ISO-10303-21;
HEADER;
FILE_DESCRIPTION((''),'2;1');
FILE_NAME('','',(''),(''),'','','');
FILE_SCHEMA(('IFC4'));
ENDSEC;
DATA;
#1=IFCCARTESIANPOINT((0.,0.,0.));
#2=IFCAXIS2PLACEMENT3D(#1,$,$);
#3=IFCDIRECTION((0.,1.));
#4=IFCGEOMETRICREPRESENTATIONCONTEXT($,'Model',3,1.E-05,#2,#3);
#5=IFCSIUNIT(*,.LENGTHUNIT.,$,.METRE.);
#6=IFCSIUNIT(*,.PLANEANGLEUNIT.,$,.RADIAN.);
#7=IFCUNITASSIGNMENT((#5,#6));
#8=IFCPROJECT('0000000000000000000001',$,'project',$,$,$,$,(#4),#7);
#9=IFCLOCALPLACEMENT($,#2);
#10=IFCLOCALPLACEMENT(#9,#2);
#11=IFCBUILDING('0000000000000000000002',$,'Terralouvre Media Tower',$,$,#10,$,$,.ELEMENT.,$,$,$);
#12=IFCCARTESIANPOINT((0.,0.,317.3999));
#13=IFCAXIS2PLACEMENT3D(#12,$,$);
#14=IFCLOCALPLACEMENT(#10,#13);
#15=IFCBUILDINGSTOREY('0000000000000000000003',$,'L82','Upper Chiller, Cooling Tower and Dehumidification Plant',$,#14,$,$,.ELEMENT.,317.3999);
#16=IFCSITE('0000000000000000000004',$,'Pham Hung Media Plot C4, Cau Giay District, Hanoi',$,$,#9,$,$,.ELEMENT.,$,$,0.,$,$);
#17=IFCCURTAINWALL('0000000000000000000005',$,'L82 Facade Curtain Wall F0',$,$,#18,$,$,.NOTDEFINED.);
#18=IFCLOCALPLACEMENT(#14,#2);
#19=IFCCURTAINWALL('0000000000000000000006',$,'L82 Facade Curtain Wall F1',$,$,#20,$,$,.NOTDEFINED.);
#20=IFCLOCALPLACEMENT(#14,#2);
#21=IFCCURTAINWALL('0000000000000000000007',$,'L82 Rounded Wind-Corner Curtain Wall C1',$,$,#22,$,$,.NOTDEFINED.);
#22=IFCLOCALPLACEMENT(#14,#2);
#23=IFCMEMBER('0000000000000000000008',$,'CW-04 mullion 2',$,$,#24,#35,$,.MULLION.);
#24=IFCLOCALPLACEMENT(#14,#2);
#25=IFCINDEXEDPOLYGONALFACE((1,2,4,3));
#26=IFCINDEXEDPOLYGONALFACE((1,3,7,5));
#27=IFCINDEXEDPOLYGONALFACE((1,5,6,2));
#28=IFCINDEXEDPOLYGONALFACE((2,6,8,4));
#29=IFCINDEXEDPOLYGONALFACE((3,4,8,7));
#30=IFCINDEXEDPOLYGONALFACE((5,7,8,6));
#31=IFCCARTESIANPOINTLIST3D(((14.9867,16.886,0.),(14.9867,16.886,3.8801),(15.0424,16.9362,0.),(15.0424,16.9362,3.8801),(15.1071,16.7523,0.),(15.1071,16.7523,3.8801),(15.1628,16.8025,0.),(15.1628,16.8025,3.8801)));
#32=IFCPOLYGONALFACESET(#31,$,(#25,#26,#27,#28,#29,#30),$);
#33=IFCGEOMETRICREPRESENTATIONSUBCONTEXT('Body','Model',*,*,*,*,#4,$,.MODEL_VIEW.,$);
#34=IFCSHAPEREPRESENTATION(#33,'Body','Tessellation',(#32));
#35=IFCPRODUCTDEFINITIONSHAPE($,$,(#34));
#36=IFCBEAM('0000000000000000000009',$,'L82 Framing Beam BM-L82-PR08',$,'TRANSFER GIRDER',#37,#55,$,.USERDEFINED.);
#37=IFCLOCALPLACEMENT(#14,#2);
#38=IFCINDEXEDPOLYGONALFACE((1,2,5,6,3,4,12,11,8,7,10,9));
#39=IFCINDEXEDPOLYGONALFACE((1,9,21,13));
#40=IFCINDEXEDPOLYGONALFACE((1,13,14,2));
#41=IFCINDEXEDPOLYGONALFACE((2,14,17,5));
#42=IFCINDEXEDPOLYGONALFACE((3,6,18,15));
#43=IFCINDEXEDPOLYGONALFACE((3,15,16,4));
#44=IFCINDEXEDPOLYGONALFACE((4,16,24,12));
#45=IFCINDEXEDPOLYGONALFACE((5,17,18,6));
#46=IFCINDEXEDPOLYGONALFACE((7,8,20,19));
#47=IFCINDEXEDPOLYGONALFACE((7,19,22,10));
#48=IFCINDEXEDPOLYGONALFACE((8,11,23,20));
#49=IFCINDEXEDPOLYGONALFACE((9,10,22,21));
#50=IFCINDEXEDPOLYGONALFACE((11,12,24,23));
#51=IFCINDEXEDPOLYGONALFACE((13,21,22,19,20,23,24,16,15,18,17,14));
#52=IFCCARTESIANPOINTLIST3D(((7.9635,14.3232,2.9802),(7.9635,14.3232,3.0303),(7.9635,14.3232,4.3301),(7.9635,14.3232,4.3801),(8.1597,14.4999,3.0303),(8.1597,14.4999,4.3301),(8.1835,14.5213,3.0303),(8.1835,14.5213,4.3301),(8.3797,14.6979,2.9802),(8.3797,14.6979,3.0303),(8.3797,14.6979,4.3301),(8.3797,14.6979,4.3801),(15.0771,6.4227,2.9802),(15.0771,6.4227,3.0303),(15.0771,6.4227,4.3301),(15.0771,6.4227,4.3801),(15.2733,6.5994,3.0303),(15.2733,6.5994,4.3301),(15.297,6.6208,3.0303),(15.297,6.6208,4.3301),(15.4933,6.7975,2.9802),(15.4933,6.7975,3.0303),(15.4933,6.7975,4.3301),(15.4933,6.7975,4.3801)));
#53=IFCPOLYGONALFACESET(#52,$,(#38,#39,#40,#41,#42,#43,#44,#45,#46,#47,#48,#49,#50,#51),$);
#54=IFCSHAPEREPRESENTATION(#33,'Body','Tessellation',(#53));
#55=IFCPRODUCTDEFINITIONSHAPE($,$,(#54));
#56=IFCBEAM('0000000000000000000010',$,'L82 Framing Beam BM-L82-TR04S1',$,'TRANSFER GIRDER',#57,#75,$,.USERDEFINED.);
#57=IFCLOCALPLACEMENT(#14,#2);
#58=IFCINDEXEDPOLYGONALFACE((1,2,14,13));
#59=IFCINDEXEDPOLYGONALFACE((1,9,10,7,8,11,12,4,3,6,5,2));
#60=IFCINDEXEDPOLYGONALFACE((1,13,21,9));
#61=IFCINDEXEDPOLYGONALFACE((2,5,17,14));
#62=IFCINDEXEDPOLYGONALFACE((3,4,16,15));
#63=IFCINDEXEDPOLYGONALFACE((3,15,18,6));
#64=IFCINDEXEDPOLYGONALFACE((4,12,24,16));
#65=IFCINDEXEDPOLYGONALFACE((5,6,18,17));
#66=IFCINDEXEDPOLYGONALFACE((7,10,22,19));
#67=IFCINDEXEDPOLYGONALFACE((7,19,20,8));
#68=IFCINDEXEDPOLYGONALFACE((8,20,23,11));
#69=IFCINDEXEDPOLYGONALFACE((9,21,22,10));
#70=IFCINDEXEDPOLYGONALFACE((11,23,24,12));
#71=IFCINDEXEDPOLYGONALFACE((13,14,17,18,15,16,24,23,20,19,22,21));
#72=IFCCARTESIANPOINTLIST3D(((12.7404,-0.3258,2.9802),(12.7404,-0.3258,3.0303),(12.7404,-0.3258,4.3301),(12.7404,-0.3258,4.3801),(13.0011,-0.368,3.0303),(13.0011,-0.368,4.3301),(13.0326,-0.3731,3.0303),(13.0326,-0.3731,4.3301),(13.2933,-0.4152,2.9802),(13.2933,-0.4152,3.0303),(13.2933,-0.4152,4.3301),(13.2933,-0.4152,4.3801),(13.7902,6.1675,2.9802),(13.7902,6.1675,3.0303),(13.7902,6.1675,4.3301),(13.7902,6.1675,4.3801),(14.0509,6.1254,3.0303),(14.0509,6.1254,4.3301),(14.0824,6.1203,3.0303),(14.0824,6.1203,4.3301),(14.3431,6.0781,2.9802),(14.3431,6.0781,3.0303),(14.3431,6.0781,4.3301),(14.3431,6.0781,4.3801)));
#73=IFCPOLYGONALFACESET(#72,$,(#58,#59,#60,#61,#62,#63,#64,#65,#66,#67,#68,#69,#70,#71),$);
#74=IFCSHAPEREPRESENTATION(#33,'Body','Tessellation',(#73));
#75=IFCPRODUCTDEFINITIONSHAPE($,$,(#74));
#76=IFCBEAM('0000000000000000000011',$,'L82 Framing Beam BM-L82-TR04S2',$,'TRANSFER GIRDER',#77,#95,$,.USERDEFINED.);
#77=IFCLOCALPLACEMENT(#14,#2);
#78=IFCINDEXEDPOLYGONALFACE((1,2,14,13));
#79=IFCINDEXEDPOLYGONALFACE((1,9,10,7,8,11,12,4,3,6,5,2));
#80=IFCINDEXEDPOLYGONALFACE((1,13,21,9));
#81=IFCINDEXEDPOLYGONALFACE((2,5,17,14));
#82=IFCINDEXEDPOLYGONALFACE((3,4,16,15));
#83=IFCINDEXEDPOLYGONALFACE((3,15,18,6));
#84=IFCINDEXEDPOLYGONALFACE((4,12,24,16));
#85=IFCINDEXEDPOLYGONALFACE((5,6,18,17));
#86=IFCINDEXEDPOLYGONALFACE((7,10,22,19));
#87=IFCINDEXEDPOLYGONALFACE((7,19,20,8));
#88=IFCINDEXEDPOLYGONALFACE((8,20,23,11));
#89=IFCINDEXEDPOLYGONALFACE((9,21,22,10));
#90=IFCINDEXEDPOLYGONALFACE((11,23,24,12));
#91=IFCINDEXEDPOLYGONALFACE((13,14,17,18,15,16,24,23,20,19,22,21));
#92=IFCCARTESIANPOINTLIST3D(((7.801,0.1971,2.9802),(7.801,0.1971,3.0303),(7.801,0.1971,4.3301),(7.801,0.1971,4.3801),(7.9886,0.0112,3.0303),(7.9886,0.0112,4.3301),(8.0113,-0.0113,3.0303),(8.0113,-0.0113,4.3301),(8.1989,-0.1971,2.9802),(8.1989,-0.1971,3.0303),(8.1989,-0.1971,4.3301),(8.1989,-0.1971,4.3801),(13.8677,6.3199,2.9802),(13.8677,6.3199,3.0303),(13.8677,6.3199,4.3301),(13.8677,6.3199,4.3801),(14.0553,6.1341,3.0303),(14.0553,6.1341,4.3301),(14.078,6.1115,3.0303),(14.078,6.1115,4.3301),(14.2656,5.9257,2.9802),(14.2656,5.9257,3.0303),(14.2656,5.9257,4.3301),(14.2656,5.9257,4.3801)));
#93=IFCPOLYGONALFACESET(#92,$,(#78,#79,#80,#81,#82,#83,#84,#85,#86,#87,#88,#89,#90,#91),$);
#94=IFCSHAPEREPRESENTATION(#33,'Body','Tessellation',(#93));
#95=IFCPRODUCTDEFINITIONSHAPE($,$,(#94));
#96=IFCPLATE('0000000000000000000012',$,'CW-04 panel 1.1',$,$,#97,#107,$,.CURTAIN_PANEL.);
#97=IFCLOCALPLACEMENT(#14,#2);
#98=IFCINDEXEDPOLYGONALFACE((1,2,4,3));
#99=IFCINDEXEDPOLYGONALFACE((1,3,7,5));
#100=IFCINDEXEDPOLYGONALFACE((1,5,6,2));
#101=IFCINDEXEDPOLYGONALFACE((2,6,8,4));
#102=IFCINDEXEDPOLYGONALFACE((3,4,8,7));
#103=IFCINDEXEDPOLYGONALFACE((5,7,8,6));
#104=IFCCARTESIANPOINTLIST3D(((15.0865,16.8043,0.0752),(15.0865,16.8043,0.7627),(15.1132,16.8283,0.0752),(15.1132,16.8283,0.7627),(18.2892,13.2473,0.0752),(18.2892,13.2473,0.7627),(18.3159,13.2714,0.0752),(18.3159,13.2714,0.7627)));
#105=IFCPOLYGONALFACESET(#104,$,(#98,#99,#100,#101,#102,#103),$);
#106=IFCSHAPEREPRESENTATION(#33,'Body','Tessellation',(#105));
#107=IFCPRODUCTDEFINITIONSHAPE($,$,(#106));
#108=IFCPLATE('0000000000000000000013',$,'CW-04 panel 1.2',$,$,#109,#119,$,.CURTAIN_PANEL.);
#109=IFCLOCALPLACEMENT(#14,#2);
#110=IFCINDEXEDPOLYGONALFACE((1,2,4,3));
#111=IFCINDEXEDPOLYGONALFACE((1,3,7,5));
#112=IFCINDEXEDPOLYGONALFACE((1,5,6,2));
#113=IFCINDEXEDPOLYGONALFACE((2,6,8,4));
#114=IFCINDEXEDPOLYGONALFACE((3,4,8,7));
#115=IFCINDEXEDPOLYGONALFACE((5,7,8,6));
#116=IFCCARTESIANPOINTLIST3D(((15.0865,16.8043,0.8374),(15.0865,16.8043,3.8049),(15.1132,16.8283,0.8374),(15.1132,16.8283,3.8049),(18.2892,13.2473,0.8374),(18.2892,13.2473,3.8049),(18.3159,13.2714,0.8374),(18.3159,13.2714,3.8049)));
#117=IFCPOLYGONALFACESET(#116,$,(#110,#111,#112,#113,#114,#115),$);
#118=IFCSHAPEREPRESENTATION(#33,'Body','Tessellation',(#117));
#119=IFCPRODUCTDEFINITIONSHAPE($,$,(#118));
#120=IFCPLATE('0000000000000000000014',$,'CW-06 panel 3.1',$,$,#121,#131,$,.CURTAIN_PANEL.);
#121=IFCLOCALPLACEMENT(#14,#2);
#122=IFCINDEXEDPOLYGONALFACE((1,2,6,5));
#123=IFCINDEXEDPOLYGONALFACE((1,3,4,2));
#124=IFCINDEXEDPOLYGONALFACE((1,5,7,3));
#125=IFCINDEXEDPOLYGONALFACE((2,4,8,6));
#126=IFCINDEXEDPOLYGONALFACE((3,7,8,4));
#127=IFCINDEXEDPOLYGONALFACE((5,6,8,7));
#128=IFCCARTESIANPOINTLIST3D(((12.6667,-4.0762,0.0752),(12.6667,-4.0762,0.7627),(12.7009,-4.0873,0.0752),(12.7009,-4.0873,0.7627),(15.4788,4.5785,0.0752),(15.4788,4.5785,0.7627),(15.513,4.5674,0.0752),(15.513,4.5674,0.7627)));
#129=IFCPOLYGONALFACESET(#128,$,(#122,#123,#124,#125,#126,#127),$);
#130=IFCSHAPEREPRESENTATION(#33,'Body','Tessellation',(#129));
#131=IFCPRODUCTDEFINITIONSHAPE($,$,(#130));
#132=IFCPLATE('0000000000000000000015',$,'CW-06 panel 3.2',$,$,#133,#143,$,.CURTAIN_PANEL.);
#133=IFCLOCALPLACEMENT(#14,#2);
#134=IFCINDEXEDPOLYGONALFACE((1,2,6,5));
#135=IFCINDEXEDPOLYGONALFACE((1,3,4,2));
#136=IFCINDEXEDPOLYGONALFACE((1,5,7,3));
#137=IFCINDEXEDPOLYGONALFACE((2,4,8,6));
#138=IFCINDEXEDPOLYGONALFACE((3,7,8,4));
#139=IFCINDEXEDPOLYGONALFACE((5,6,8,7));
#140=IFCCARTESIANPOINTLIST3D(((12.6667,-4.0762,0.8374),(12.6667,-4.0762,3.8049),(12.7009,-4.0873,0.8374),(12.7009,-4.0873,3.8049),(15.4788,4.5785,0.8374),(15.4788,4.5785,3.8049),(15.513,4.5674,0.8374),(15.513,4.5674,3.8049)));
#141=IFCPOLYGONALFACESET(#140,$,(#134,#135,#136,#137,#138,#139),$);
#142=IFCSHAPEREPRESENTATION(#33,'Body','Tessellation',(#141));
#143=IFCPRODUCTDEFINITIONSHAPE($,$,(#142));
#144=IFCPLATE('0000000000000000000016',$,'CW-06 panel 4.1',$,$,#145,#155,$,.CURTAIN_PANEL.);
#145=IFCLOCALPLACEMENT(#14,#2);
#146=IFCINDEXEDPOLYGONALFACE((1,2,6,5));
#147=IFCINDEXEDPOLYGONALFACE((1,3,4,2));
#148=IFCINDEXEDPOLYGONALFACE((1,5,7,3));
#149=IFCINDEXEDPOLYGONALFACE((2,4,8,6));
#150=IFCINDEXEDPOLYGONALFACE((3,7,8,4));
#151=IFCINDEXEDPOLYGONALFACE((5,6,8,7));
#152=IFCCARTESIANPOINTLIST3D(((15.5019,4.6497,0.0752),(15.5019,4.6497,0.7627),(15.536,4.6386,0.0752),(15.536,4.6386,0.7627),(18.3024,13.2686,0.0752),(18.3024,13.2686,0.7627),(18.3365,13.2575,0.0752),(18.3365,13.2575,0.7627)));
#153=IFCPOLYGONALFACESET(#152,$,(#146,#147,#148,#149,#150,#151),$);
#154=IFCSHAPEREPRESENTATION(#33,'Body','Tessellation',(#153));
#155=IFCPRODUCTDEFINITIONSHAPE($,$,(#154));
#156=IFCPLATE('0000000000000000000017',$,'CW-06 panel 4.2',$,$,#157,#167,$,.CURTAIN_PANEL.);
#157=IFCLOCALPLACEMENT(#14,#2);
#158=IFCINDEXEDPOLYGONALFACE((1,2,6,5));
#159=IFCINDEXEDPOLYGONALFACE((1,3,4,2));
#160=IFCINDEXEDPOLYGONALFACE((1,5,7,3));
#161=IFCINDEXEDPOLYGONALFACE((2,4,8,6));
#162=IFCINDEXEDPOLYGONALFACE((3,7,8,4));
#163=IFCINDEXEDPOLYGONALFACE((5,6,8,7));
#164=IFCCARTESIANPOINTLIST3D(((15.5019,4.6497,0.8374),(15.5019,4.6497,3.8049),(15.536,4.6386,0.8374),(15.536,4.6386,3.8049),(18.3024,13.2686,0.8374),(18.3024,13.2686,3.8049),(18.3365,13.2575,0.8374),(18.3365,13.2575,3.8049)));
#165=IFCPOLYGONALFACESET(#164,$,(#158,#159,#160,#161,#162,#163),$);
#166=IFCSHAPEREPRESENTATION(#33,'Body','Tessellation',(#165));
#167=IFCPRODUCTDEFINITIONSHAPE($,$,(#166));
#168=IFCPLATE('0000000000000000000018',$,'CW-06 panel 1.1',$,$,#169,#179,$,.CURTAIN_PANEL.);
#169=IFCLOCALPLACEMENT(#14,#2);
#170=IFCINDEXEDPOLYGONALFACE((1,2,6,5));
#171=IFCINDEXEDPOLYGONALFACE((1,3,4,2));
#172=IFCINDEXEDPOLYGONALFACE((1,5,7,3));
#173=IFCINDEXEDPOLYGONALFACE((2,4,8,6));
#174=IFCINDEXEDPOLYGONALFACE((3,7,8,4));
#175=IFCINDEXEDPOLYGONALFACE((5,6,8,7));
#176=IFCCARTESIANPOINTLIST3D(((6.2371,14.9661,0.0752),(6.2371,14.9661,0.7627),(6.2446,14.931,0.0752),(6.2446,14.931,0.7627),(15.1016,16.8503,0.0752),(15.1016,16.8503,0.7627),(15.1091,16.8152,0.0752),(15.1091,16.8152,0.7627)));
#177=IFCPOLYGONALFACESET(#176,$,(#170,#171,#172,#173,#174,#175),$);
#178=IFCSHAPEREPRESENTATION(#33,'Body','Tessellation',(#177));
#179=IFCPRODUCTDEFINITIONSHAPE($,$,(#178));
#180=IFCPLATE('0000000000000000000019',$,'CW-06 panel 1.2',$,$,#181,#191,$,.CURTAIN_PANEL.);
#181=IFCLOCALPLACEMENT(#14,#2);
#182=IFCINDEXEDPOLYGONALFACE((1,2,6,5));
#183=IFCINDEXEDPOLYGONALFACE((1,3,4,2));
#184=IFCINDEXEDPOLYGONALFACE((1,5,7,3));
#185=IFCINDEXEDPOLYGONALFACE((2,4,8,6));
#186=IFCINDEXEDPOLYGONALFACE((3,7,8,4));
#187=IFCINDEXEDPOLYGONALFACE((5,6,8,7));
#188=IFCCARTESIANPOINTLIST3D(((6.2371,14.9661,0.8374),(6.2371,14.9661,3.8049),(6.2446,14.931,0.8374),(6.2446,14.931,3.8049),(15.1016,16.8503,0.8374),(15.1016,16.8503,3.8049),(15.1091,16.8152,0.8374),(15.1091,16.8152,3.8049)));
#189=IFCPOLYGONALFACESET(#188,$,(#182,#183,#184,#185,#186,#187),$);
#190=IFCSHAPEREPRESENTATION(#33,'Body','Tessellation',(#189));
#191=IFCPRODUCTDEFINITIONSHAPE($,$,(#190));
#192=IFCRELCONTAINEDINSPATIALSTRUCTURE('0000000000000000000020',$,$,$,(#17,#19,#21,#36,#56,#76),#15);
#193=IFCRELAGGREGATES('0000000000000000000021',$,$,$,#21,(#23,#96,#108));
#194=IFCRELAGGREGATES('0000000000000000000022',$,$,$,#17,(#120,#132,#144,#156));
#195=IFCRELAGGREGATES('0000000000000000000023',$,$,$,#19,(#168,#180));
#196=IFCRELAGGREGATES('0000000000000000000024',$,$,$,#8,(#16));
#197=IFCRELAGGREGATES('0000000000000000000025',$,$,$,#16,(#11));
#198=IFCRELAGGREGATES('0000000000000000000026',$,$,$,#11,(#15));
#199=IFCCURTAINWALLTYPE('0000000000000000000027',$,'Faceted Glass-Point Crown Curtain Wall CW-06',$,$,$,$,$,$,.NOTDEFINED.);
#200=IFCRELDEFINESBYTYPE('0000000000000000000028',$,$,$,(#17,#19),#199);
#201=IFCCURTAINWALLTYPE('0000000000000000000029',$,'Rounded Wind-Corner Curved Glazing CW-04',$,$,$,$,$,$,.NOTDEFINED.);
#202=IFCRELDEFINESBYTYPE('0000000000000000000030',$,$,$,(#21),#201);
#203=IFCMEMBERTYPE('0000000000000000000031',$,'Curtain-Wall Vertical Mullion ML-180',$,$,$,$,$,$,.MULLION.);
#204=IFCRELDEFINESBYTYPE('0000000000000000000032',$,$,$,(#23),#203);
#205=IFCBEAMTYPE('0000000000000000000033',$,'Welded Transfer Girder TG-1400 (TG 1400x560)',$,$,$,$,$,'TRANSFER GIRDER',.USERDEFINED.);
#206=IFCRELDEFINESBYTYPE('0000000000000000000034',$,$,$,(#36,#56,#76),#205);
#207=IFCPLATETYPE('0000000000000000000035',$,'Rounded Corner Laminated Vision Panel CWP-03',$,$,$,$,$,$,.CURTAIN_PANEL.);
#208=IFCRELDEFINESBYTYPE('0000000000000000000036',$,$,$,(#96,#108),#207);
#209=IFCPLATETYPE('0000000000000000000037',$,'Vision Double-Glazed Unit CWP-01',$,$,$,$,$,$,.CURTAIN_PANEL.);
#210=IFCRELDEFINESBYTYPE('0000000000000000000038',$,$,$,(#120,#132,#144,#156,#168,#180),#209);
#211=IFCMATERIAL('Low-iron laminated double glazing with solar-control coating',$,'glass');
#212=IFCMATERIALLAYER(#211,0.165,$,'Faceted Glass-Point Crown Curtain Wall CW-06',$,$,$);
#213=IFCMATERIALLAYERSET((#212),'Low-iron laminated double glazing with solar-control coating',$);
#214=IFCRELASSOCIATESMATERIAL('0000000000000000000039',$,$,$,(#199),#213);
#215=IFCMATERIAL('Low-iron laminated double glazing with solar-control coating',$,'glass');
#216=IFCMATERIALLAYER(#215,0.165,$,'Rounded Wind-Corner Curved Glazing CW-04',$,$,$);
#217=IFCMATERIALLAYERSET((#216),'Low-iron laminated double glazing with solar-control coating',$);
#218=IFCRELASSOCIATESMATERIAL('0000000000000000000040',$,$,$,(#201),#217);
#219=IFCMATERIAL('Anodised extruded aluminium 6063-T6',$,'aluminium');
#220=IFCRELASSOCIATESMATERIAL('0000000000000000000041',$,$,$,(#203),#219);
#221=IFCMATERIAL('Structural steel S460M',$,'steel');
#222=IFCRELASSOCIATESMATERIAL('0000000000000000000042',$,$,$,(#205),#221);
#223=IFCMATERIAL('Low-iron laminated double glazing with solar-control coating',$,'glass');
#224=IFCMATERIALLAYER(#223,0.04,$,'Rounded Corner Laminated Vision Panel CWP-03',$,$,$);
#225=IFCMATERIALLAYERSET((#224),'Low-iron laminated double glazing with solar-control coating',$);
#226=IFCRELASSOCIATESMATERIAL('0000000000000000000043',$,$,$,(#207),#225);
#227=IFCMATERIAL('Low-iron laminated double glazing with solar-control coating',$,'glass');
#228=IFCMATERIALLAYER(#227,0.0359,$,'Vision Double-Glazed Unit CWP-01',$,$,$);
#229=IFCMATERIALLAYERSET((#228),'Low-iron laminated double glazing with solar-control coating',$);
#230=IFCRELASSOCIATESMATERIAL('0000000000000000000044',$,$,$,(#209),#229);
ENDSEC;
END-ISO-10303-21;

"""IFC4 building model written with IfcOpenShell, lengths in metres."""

from ifc_helpers import new_model, si_unit, direction, frame, origin, origin_2d, place, context, subcontext, project, spatial, rectangle, i_section, extrude, material, layer, layer_set, material_profile, profile_set, type_object, element, aggregate, save


model = new_model("IFC4")

# Units and contexts
model_context = context("Model", 3, precision=1e-05, world=origin(), true_north=direction((0.0, 1.0)))
body_context = subcontext(model_context, "Body", "Model", "MODEL_VIEW")
ifc_project = project(units=[si_unit("LENGTHUNIT", "METRE"), si_unit("PLANEANGLEUNIT", "RADIAN")], contexts=[model_context])

# Site, building, storey
site_placement = place(None, origin())
site = spatial("IfcSite", under=ifc_project, at=site_placement, Name="Pham Hung Media Plot C4, Cau Giay District, Hanoi", CompositionType="ELEMENT", RefElevation=0.0)
building_placement = place(site_placement, origin())
building = spatial("IfcBuilding", under=site, at=building_placement, Name="Terralouvre Media Tower", CompositionType="ELEMENT")
storey_placement = place(building_placement, frame((0.0, 0.0, 317.3999)))
storey = spatial("IfcBuildingStorey", under=building, at=storey_placement, Name="L82", Description="Upper Chiller, Cooling Tower and Dehumidification Plant", CompositionType="ELEMENT", Elevation=317.3999)

# Curtain walls
ifc_material_1 = material(Name="Low-iron laminated double glazing with solar-control coating", Category="glass")
ifc_layer_1 = layer(ifc_material_1, 0.165, Name="Faceted Glass-Point Crown Curtain Wall CW-06")
ifc_layer_set_1 = layer_set([ifc_layer_1], Name="Low-iron laminated double glazing with solar-control coating")
curtain_wall_type_1 = type_object("IfcCurtainWallType", Name="Faceted Glass-Point Crown Curtain Wall CW-06", PredefinedType="NOTDEFINED", material=ifc_layer_set_1)
curtain_wall_1_placement = place(storey_placement, origin())
curtain_wall_1 = element("IfcCurtainWall", 1, at=curtain_wall_1_placement, inside=storey, type_object=curtain_wall_type_1, Name="L82 Facade Curtain Wall F0", PredefinedType="NOTDEFINED")
curtain_wall_2_placement = place(storey_placement, origin())
curtain_wall_2 = element("IfcCurtainWall", 2, at=curtain_wall_2_placement, inside=storey, type_object=curtain_wall_type_1, Name="L82 Facade Curtain Wall F1", PredefinedType="NOTDEFINED")
ifc_material_2 = material(Name="Low-iron laminated double glazing with solar-control coating", Category="glass")
ifc_layer_2 = layer(ifc_material_2, 0.165, Name="Rounded Wind-Corner Curved Glazing CW-04")
ifc_layer_set_2 = layer_set([ifc_layer_2], Name="Low-iron laminated double glazing with solar-control coating")
curtain_wall_type_2 = type_object("IfcCurtainWallType", Name="Rounded Wind-Corner Curved Glazing CW-04", PredefinedType="NOTDEFINED", material=ifc_layer_set_2)
curtain_wall_3_placement = place(storey_placement, origin())
curtain_wall_3 = element("IfcCurtainWall", 3, at=curtain_wall_3_placement, inside=storey, type_object=curtain_wall_type_2, Name="L82 Rounded Wind-Corner Curtain Wall C1", PredefinedType="NOTDEFINED")

# Member
ifc_material_3 = material(Name="Anodised extruded aluminium 6063-T6", Category="aluminium")
ifc_material_profile_1 = material_profile(ifc_material_3, rectangle(XDim=0.075, YDim=0.1799, at=origin_2d()), Name="ALU 75x180")
ifc_profile_set_1 = profile_set([ifc_material_profile_1], Name="Anodised extruded aluminium 6063-T6")
member_type_1 = type_object("IfcMemberType", Name="Curtain-Wall Vertical Mullion ML-180", PredefinedType="MULLION", material=ifc_profile_set_1)
member_1_placement = place(storey_placement, frame((15.0747, 16.8442, 0.0), z_axis=(0.0, 0.0, 1.0), x_axis=(-0.743145, -0.669131, 0.0)))
member_1 = element("IfcMember", 4, at=member_1_placement, type_object=member_type_1, Name="CW-04 mullion 2", PredefinedType="MULLION", context=body_context, shape_type="SweptSolid", body=[
    extrude(rectangle(XDim=0.075, YDim=0.1799, at=origin_2d()), origin(), (0.0, 0.0, 1.0), 3.8801),
])

# Beams
ifc_material_4 = material(Name="Structural steel S460M", Category="steel")
ifc_material_profile_2 = material_profile(ifc_material_4, i_section(OverallWidth=0.5601, OverallDepth=1.3999, WebThickness=0.032, FlangeThickness=0.05, at=origin_2d()), Name="TG 1400x560")
ifc_profile_set_2 = profile_set([ifc_material_profile_2], Name="Structural steel S460M")
beam_type = type_object("IfcBeamType", Name="Welded Transfer Girder TG-1400 (TG 1400x560)", ElementType="TRANSFER GIRDER", PredefinedType="USERDEFINED", material=ifc_profile_set_2)
beam_1_placement = place(storey_placement, frame((15.2852, 6.6101, 3.6802), z_axis=(-0.66913, 0.743146, 0.0), x_axis=(-0.743146, -0.66913, 0.0)))
element("IfcBeam", 5, at=beam_1_placement, inside=storey, type_object=beam_type, Name="L82 Framing Beam BM-L82-PR08", ObjectType="TRANSFER GIRDER", PredefinedType="USERDEFINED", context=body_context, shape_type="SweptSolid", body=[
    extrude(i_section(OverallWidth=0.5601, OverallDepth=1.3999, WebThickness=0.032, FlangeThickness=0.05, at=origin_2d()), origin(), (0.0, 0.0, 1.0), 10.6311),
])
beam_2_placement = place(storey_placement, frame((14.0667, 6.1228, 3.6802), z_axis=(-0.1596, -0.987182, 0.0), x_axis=(0.987182, -0.1596, 0.0)))
element("IfcBeam", 6, at=beam_2_placement, inside=storey, type_object=beam_type, Name="L82 Framing Beam BM-L82-TR04S1", ObjectType="TRANSFER GIRDER", PredefinedType="USERDEFINED", context=body_context, shape_type="SweptSolid", body=[
    extrude(i_section(OverallWidth=0.5601, OverallDepth=1.3999, WebThickness=0.032, FlangeThickness=0.05, at=origin_2d()), origin(), (0.0, 0.0, 1.0), 6.5776),
])
beam_3_placement = place(storey_placement, frame((14.0667, 6.1228, 3.6802), z_axis=(-0.703842, -0.710357, 0.0), x_axis=(0.710357, -0.703842, 0.0)))
element("IfcBeam", 7, at=beam_3_placement, inside=storey, type_object=beam_type, Name="L82 Framing Beam BM-L82-TR04S2", ObjectType="TRANSFER GIRDER", PredefinedType="USERDEFINED", context=body_context, shape_type="SweptSolid", body=[
    extrude(i_section(OverallWidth=0.5601, OverallDepth=1.3999, WebThickness=0.032, FlangeThickness=0.05, at=origin_2d()), origin(), (0.0, 0.0, 1.0), 8.6194),
])

# Plates
ifc_material_5 = material(Name="Low-iron laminated double glazing with solar-control coating", Category="glass")
ifc_layer_3 = layer(ifc_material_5, 0.04, Name="Rounded Corner Laminated Vision Panel CWP-03")
ifc_layer_set_3 = layer_set([ifc_layer_3], Name="Low-iron laminated double glazing with solar-control coating")
plate_type_1 = type_object("IfcPlateType", Name="Rounded Corner Laminated Vision Panel CWP-03", PredefinedType="CURTAIN_PANEL", material=ifc_layer_set_3)
plate_1_placement = place(storey_placement, frame((16.7012, 15.0378, 0.0752), z_axis=(0.0, 0.0, 1.0), x_axis=(-0.669131, 0.743145, 0.0)))
plate_1 = element("IfcPlate", 8, at=plate_1_placement, type_object=plate_type_1, Name="CW-04 panel 1.1", PredefinedType="CURTAIN_PANEL", context=body_context, shape_type="SweptSolid", body=[
    extrude(rectangle(XDim=4.7864, YDim=0.0359, at=origin_2d()), origin(), (0.0, 0.0, 1.0), 0.6875),
])
plate_2_placement = place(storey_placement, frame((16.7012, 15.0378, 0.8374), z_axis=(0.0, 0.0, 1.0), x_axis=(-0.669131, 0.743145, 0.0)))
plate_2 = element("IfcPlate", 9, at=plate_2_placement, type_object=plate_type_1, Name="CW-04 panel 1.2", PredefinedType="CURTAIN_PANEL", context=body_context, shape_type="SweptSolid", body=[
    extrude(rectangle(XDim=4.7864, YDim=0.0359, at=origin_2d()), origin(), (0.0, 0.0, 1.0), 2.9675),
])
aggregate(curtain_wall_3, [member_1, plate_1, plate_2])
ifc_material_6 = material(Name="Low-iron laminated double glazing with solar-control coating", Category="glass")
ifc_layer_4 = layer(ifc_material_6, 0.0359, Name="Vision Double-Glazed Unit CWP-01")
ifc_layer_set_4 = layer_set([ifc_layer_4], Name="Low-iron laminated double glazing with solar-control coating")
plate_type_2 = type_object("IfcPlateType", Name="Vision Double-Glazed Unit CWP-01", PredefinedType="CURTAIN_PANEL", material=ifc_layer_set_4)
plate_3_placement = place(storey_placement, frame((14.0898, 0.2456, 0.0752), z_axis=(0.0, 0.0, 1.0), x_axis=(0.309017, 0.951056, 0.0)))
plate_3 = element("IfcPlate", 10, at=plate_3_placement, type_object=plate_type_2, Name="CW-06 panel 3.1", PredefinedType="CURTAIN_PANEL", context=body_context, shape_type="SweptSolid", body=[
    extrude(rectangle(XDim=9.1001, YDim=0.0359, at=origin_2d()), origin(), (0.0, 0.0, 1.0), 0.6875),
])
plate_4_placement = place(storey_placement, frame((14.0898, 0.2456, 0.8374), z_axis=(0.0, 0.0, 1.0), x_axis=(0.309017, 0.951056, 0.0)))
plate_4 = element("IfcPlate", 11, at=plate_4_placement, type_object=plate_type_2, Name="CW-06 panel 3.2", PredefinedType="CURTAIN_PANEL", context=body_context, shape_type="SweptSolid", body=[
    extrude(rectangle(XDim=9.1001, YDim=0.0359, at=origin_2d()), origin(), (0.0, 0.0, 1.0), 2.9675),
])
plate_5_placement = place(storey_placement, frame((16.9192, 8.9536, 0.0752), z_axis=(0.0, 0.0, 1.0), x_axis=(0.309017, 0.951056, 0.0)))
plate_5 = element("IfcPlate", 12, at=plate_5_placement, type_object=plate_type_2, Name="CW-06 panel 4.1", PredefinedType="CURTAIN_PANEL", context=body_context, shape_type="SweptSolid", body=[
    extrude(rectangle(XDim=9.0625, YDim=0.0359, at=origin_2d()), origin(), (0.0, 0.0, 1.0), 0.6875),
])
plate_6_placement = place(storey_placement, frame((16.9192, 8.9536, 0.8374), z_axis=(0.0, 0.0, 1.0), x_axis=(0.309017, 0.951056, 0.0)))
plate_6 = element("IfcPlate", 13, at=plate_6_placement, type_object=plate_type_2, Name="CW-06 panel 4.2", PredefinedType="CURTAIN_PANEL", context=body_context, shape_type="SweptSolid", body=[
    extrude(rectangle(XDim=9.0625, YDim=0.0359, at=origin_2d()), origin(), (0.0, 0.0, 1.0), 2.9675),
])
aggregate(curtain_wall_1, [plate_3, plate_4, plate_5, plate_6])
plate_7_placement = place(storey_placement, frame((10.6731, 15.8906, 0.0752), z_axis=(0.0, 0.0, 1.0), x_axis=(-0.978148, -0.207912, 0.0)))
plate_7 = element("IfcPlate", 14, at=plate_7_placement, type_object=plate_type_2, Name="CW-06 panel 1.1", PredefinedType="CURTAIN_PANEL", context=body_context, shape_type="SweptSolid", body=[
    extrude(rectangle(XDim=9.0625, YDim=0.0359, at=origin_2d()), origin(), (0.0, 0.0, 1.0), 0.6875),
])
plate_8_placement = place(storey_placement, frame((10.6731, 15.8906, 0.8374), z_axis=(0.0, 0.0, 1.0), x_axis=(-0.978148, -0.207912, 0.0)))
plate_8 = element("IfcPlate", 15, at=plate_8_placement, type_object=plate_type_2, Name="CW-06 panel 1.2", PredefinedType="CURTAIN_PANEL", context=body_context, shape_type="SweptSolid", body=[
    extrude(rectangle(XDim=9.0625, YDim=0.0359, at=origin_2d()), origin(), (0.0, 0.0, 1.0), 2.9675),
])
aggregate(curtain_wall_2, [plate_7, plate_8])

save(model, "model.ifc")
